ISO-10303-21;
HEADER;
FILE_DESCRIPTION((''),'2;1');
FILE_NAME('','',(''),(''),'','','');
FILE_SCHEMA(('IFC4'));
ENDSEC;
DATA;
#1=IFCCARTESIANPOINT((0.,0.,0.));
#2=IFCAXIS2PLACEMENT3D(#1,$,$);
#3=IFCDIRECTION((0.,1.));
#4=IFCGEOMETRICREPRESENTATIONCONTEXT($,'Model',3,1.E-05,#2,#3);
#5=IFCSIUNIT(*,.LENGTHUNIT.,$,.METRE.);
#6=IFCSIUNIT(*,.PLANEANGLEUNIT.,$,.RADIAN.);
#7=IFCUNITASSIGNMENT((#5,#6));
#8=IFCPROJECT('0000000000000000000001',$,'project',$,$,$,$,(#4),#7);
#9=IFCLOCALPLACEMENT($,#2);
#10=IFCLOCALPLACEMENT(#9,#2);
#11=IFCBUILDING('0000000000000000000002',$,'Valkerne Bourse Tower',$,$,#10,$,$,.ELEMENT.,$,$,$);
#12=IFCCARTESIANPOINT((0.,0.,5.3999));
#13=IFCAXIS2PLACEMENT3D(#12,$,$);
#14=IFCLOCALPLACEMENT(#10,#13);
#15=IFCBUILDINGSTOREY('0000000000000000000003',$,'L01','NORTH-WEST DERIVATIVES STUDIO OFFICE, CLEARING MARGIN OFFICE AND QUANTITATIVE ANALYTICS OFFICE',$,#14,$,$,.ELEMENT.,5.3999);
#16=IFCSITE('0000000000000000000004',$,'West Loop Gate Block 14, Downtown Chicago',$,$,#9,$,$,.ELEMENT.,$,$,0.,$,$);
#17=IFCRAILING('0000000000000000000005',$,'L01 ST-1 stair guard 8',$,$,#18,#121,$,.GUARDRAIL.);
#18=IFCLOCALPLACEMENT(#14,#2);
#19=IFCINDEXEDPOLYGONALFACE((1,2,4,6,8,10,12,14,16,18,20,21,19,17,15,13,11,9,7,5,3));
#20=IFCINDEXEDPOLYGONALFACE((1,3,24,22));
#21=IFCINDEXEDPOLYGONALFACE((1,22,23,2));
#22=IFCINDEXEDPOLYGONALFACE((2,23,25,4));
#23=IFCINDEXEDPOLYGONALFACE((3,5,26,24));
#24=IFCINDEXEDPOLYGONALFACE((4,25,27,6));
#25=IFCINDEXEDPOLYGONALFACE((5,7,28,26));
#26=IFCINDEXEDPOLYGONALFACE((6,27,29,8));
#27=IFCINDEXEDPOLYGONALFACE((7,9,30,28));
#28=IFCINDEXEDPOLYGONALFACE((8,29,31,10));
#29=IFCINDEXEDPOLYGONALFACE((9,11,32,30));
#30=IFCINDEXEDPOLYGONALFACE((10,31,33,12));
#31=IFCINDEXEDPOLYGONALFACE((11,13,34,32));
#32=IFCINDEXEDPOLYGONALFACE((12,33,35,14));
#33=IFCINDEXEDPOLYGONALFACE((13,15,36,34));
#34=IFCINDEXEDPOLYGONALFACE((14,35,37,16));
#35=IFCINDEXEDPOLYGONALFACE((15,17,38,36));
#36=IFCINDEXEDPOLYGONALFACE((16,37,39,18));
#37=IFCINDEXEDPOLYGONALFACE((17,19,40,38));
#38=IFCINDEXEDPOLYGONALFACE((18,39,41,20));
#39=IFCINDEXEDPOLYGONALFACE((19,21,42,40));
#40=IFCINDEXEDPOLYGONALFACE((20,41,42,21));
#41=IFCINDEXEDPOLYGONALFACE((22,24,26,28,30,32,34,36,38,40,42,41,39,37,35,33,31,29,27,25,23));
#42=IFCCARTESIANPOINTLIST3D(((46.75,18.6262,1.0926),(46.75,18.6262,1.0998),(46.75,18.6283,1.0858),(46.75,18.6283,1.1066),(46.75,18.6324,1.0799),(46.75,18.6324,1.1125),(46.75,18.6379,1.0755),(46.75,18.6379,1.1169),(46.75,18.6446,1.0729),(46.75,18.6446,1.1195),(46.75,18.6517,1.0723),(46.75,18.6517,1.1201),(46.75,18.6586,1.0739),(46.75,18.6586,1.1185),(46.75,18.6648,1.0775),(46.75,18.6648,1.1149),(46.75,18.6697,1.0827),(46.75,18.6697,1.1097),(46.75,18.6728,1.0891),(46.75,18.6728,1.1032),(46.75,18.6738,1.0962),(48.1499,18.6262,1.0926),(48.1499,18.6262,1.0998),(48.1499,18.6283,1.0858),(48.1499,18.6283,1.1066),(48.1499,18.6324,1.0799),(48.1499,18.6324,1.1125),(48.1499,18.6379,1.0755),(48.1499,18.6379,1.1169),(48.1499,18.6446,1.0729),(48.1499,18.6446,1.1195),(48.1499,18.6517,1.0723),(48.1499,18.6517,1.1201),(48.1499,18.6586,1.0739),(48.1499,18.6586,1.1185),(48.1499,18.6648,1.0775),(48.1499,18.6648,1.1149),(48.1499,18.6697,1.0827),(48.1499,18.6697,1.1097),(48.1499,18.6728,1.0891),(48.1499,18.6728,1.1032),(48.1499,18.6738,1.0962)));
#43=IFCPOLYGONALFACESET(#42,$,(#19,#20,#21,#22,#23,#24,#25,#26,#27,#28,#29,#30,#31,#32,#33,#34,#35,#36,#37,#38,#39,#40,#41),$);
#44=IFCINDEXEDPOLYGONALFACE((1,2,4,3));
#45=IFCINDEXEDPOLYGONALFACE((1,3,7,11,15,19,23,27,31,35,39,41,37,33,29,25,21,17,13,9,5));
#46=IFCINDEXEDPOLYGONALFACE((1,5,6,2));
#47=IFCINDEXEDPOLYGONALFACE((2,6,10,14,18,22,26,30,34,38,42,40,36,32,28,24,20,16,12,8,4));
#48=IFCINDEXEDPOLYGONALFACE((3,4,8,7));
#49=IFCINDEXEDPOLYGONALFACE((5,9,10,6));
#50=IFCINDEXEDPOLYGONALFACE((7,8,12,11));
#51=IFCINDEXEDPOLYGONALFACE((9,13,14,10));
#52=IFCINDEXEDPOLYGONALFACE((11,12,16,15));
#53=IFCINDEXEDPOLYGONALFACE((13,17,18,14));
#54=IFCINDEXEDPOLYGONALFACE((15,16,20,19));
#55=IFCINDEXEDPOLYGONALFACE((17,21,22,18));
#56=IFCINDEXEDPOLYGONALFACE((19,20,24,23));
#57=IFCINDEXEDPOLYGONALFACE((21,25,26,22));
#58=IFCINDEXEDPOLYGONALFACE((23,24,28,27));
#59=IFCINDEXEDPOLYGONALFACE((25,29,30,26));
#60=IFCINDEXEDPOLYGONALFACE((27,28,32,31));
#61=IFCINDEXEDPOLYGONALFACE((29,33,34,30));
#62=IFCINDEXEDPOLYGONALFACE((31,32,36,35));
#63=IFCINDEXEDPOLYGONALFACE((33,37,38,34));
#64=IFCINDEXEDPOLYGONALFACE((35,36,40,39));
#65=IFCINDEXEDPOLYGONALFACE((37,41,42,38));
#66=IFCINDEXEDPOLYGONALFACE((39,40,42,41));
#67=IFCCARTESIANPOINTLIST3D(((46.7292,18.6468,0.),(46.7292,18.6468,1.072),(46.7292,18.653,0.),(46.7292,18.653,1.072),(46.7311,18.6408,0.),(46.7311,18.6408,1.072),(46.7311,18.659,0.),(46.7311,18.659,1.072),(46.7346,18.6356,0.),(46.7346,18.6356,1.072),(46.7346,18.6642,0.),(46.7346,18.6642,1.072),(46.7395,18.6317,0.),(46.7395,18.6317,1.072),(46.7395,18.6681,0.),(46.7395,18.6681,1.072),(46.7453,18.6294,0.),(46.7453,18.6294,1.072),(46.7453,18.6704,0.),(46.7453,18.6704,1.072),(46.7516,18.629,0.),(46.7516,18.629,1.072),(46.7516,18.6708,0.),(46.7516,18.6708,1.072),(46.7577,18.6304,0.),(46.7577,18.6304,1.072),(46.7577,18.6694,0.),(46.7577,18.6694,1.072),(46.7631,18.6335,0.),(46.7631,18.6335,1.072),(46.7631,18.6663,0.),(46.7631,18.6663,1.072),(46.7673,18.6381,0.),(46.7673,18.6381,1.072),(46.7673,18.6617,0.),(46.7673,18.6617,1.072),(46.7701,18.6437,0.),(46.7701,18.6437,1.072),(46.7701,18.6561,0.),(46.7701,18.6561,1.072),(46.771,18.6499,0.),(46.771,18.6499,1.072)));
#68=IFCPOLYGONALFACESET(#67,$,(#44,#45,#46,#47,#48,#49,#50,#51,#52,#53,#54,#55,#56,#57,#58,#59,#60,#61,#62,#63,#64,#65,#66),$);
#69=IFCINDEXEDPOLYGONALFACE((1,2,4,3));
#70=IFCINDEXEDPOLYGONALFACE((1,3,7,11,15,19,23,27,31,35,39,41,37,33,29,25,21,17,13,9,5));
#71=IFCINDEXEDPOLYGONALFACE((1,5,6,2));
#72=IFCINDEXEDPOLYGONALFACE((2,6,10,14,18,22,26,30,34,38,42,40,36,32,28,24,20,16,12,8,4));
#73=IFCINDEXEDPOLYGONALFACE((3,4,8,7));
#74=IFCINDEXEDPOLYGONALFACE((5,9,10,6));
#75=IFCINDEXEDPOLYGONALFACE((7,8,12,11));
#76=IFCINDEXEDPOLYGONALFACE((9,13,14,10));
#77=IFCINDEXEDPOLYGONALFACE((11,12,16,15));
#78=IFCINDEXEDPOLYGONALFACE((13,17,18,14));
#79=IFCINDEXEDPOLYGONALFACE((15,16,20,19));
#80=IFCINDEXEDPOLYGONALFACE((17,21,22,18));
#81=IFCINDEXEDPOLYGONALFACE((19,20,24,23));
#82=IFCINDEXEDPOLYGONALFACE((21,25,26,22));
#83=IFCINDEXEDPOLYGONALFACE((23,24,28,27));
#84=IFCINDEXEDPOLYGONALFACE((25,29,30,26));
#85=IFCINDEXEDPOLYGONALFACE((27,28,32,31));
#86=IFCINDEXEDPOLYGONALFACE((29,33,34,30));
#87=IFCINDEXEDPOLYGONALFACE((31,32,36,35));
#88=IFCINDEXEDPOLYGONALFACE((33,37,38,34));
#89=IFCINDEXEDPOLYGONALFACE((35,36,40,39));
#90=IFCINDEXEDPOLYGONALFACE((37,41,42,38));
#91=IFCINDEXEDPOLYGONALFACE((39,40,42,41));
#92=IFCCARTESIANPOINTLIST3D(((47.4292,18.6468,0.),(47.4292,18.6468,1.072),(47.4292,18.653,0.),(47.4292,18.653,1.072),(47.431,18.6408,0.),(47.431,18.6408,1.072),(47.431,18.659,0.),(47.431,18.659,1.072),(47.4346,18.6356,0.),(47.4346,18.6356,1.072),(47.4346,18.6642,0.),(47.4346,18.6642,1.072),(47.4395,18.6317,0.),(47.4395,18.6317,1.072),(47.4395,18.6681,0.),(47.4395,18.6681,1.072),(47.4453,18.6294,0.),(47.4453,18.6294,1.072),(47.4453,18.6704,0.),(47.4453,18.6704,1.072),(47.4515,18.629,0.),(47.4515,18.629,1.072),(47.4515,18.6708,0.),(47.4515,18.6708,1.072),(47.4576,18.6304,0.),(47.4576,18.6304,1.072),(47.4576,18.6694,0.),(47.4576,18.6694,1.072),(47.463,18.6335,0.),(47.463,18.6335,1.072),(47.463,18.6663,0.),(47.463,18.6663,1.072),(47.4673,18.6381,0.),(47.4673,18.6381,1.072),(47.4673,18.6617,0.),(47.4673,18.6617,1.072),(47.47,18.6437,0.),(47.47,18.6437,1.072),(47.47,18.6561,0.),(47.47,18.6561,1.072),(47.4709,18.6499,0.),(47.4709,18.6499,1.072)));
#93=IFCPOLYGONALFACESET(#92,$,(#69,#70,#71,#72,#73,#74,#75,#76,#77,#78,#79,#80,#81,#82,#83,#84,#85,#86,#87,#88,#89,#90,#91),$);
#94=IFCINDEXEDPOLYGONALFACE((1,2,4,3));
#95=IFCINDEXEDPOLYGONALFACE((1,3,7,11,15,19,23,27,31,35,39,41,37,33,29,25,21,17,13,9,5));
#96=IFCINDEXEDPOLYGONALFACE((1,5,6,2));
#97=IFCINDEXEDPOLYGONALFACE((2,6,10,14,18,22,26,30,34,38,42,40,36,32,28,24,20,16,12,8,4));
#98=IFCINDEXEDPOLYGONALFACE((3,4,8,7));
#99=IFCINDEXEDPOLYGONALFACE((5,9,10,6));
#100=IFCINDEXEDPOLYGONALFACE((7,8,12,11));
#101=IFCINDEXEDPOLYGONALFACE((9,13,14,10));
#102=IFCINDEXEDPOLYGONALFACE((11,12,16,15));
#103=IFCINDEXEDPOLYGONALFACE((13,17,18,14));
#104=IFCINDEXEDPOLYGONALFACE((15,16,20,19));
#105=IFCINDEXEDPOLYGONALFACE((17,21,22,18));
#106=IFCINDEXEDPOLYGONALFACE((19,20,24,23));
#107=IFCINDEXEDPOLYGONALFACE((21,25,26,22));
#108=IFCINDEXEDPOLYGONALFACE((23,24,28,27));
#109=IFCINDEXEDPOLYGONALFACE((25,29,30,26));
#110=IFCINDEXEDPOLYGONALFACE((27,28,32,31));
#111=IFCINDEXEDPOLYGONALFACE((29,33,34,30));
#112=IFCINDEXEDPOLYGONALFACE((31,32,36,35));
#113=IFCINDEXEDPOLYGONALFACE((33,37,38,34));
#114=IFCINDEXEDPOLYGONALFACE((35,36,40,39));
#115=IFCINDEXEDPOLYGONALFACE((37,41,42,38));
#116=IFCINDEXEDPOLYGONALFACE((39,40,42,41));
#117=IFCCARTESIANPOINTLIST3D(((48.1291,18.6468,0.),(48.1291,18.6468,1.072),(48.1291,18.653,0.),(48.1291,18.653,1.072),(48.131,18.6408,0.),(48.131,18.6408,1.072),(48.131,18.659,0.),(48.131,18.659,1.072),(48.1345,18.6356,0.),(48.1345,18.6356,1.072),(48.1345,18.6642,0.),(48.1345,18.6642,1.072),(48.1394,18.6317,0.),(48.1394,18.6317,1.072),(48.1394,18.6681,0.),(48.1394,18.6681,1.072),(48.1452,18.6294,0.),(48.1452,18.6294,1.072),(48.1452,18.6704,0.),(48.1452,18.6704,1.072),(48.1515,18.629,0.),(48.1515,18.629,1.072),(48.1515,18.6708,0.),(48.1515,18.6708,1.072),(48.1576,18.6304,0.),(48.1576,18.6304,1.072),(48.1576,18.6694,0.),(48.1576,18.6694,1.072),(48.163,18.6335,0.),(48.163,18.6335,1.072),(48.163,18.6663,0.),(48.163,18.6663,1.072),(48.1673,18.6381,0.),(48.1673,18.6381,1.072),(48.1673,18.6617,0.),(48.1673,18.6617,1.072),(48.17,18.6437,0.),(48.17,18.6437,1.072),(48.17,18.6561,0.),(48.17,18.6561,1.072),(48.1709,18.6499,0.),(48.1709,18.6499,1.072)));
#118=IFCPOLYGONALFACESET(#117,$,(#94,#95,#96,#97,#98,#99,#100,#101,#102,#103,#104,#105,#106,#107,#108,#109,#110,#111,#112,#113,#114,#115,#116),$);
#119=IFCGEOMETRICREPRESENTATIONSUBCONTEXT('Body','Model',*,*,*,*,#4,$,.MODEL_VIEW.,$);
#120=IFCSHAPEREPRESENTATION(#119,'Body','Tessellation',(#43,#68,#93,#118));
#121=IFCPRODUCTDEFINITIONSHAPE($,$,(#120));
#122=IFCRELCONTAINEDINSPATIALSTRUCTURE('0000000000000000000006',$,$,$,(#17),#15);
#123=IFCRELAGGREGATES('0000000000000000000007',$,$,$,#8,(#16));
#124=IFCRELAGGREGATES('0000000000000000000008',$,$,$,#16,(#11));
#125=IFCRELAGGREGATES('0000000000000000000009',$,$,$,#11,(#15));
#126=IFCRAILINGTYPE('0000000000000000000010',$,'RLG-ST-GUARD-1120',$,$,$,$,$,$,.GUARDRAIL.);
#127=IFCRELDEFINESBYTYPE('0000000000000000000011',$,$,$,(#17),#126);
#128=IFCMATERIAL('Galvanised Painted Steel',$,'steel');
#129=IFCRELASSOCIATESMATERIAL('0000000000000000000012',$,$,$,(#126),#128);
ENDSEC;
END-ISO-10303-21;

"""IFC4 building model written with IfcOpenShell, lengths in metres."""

from ifc_helpers import new_model, si_unit, direction, frame, origin, origin_2d, place, context, subcontext, project, spatial, circle, extrude, material, type_object, element, save


model = new_model("IFC4")

# Units and contexts
model_context = context("Model", 3, precision=1e-05, world=origin(), true_north=direction((0.0, 1.0)))
body_context = subcontext(model_context, "Body", "Model", "MODEL_VIEW")
ifc_project = project(units=[si_unit("LENGTHUNIT", "METRE"), si_unit("PLANEANGLEUNIT", "RADIAN")], contexts=[model_context])

# Site, building, storey
site_placement = place(None, origin())
site = spatial("IfcSite", under=ifc_project, at=site_placement, Name="West Loop Gate Block 14, Downtown Chicago", CompositionType="ELEMENT", RefElevation=0.0)
building_placement = place(site_placement, origin())
building = spatial("IfcBuilding", under=site, at=building_placement, Name="Valkerne Bourse Tower", CompositionType="ELEMENT")
storey_placement = place(building_placement, frame((0.0, 0.0, 5.3999)))
storey = spatial("IfcBuildingStorey", under=building, at=storey_placement, Name="L01", Description="NORTH-WEST DERIVATIVES STUDIO OFFICE, CLEARING MARGIN OFFICE AND QUANTITATIVE ANALYTICS OFFICE", CompositionType="ELEMENT", Elevation=5.3999)

# Shared definitions
ifc_material_1 = material(Name="Galvanised Painted Steel", Category="steel")

# Railing
railing_type_1 = type_object("IfcRailingType", Name="RLG-ST-GUARD-1120", PredefinedType="GUARDRAIL", material=ifc_material_1)
railing_1_placement = place(storey_placement, frame((46.75, 18.6499, 0.0)))
element("IfcRailing", 1, at=railing_1_placement, inside=storey, type_object=railing_type_1, Name="L01 ST-1 stair guard 8", PredefinedType="GUARDRAIL", context=body_context, shape_type="SweptSolid", body=[
    extrude(circle(Radius=0.0239, at=origin_2d()), frame((0.0, 0.0, 1.0962), z_axis=(1.0, 0.0, 0.0), x_axis=(0.0, 1.0, 0.0)), (0.0, 0.0, 1.0), 1.3999),
    extrude(circle(Radius=0.021, at=origin_2d()), origin(), (0.0, 0.0, 1.0), 1.072),
    extrude(circle(Radius=0.021, at=origin_2d()), frame((0.7, 0.0, 0.0)), (0.0, 0.0, 1.0), 1.072),
    extrude(circle(Radius=0.021, at=origin_2d()), frame((1.3999, 0.0, 0.0)), (0.0, 0.0, 1.0), 1.072),
])

save(model, "model.ifc")
